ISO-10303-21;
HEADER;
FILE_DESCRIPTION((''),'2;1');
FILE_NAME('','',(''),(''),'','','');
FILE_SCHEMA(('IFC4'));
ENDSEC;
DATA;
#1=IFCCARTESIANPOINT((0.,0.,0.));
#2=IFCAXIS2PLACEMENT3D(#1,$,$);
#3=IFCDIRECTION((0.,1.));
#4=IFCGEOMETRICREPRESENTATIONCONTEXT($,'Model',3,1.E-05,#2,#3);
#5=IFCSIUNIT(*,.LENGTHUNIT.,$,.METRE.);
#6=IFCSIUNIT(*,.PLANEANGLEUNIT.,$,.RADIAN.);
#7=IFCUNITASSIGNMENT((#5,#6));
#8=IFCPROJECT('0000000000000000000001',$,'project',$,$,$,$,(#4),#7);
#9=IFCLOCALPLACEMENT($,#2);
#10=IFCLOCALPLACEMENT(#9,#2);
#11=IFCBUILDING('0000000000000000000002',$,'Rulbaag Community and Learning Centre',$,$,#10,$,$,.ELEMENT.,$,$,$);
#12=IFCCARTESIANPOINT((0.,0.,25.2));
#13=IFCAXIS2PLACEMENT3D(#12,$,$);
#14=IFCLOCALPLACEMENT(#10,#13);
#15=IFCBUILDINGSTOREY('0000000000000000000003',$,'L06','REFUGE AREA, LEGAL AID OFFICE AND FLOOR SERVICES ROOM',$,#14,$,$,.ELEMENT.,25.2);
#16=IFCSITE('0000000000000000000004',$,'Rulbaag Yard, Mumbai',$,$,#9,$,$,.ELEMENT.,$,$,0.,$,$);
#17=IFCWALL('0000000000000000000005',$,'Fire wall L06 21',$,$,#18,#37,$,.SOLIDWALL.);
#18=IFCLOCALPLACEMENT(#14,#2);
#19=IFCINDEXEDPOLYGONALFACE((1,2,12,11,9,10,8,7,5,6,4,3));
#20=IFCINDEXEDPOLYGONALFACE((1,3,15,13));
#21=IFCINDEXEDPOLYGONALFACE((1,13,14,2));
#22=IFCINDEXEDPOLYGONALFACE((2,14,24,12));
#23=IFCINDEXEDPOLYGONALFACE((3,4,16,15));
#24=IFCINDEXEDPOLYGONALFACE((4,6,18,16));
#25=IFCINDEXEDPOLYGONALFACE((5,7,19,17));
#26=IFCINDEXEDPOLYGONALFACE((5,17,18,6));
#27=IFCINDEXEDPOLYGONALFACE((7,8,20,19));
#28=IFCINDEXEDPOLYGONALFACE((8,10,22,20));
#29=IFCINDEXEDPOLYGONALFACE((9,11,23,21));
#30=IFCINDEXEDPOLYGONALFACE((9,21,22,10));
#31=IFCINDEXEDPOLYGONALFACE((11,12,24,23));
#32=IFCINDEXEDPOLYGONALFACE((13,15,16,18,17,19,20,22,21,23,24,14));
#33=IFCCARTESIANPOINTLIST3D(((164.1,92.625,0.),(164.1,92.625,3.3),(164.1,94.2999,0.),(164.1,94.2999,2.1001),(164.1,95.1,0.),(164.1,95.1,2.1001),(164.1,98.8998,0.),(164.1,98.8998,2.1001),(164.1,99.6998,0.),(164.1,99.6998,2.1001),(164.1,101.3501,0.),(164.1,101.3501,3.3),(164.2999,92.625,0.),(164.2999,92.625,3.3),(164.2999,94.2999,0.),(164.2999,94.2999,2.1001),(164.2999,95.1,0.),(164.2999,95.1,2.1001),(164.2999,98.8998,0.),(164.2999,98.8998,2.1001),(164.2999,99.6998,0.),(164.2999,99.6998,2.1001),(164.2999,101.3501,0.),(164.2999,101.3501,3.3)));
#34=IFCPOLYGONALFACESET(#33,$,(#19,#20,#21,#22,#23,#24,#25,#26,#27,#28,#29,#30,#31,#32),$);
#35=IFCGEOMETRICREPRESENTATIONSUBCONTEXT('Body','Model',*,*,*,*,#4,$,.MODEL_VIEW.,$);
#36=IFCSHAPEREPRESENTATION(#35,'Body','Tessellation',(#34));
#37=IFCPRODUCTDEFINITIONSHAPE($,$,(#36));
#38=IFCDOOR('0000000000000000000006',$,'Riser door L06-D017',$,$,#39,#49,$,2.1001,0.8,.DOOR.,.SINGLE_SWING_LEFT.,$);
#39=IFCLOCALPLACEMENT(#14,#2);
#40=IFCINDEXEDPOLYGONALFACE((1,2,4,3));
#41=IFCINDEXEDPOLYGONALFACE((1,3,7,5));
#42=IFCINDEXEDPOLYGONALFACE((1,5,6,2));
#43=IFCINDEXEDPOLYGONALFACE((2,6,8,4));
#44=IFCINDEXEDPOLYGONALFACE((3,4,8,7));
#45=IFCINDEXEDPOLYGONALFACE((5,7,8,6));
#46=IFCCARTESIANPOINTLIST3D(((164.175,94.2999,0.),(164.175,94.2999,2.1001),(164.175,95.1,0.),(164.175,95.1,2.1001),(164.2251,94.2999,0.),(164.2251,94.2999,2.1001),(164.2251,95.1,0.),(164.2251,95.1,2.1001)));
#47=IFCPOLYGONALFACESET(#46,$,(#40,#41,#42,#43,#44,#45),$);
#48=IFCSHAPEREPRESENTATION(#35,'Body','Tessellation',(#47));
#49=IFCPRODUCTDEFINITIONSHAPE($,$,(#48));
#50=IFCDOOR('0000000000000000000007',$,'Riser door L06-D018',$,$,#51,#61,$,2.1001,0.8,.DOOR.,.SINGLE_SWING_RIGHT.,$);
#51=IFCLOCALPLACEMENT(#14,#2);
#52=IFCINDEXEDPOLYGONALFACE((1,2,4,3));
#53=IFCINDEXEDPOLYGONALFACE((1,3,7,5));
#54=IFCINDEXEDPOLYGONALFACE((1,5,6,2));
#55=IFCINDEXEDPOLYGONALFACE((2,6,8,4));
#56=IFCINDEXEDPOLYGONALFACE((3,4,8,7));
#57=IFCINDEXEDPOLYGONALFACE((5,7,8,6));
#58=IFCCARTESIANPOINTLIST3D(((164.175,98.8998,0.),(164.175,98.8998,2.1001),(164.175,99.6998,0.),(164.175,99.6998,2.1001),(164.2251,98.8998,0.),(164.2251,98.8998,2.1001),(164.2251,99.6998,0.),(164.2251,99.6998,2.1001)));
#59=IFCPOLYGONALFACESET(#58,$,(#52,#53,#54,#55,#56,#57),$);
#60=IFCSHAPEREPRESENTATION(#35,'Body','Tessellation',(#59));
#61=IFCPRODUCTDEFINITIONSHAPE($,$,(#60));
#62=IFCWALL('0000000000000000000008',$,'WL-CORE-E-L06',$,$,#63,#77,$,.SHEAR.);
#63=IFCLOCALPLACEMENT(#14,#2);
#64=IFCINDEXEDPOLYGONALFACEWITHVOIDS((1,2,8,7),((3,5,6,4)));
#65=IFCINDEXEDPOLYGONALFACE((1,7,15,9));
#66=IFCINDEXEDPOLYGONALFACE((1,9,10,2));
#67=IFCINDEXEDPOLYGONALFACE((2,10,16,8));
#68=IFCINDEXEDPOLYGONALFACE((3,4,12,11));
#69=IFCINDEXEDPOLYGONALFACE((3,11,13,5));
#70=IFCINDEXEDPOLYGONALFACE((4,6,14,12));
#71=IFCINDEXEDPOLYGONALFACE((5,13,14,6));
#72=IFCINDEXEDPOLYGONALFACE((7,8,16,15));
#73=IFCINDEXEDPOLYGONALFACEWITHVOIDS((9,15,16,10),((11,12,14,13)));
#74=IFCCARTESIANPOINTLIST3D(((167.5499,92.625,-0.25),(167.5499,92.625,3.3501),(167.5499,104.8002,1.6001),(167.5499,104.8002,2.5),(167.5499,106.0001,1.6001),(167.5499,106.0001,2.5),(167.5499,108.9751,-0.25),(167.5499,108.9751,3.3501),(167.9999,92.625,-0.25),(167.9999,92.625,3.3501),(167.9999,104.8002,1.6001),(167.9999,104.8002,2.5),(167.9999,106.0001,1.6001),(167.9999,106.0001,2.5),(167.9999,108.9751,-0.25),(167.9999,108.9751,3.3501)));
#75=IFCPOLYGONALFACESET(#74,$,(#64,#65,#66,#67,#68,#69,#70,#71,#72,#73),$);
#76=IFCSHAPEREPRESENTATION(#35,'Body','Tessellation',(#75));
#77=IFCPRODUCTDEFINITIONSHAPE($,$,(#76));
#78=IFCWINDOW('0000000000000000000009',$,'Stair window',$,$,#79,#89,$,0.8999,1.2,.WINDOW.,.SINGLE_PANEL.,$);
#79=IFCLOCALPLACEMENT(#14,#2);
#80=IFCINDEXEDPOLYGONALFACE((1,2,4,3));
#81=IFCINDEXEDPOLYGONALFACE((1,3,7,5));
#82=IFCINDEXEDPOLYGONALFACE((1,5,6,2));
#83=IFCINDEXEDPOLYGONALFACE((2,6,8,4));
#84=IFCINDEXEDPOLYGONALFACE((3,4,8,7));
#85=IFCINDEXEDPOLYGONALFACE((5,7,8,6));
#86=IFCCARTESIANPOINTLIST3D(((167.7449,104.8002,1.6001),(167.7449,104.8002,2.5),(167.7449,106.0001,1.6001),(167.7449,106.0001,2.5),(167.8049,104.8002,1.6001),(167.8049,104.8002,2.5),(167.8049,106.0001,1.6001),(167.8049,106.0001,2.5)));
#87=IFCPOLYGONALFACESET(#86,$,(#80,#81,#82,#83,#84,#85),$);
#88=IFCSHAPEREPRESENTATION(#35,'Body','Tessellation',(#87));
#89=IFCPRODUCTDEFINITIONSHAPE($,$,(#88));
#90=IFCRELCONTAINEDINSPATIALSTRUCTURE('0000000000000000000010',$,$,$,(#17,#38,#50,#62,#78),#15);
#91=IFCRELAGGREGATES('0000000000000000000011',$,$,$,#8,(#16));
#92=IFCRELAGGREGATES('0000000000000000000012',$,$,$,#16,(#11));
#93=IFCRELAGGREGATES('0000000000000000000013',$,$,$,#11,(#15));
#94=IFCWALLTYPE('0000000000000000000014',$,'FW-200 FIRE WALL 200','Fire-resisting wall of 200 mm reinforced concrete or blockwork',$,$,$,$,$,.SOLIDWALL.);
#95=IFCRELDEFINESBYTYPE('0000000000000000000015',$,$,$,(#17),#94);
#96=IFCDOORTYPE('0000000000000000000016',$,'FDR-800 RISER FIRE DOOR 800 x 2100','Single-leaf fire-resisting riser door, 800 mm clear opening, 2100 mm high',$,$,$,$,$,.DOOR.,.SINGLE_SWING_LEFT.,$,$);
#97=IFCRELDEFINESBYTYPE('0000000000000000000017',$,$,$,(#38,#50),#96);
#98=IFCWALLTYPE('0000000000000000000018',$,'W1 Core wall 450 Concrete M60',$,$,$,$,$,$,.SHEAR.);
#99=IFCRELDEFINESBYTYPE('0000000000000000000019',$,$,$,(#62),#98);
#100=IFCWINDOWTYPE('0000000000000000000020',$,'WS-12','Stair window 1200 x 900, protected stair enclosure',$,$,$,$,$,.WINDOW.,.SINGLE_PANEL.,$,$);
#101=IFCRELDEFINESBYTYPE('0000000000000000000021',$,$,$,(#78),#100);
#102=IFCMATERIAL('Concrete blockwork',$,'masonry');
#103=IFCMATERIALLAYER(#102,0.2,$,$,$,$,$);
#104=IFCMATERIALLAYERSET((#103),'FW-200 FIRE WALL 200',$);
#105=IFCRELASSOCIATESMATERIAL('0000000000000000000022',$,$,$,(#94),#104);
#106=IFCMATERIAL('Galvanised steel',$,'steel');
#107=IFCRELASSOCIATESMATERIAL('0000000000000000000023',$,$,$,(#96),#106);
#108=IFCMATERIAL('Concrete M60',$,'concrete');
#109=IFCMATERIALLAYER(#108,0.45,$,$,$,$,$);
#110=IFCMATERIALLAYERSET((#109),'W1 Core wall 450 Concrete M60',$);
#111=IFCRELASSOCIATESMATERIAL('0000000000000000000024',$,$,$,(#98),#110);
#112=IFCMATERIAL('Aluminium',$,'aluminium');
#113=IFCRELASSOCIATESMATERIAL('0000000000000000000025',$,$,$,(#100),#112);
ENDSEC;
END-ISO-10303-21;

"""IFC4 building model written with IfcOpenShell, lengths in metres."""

from ifc_helpers import new_model, si_unit, direction, frame, frame_2d, origin, place, context, subcontext, project, spatial, rectangle, extrude, material, layer, layer_set, type_object, element, fill, save


model = new_model("IFC4")

# Units and contexts
model_context = context("Model", 3, precision=1e-05, world=origin(), true_north=direction((0.0, 1.0)))
body_context = subcontext(model_context, "Body", "Model", "MODEL_VIEW")
ifc_project = project(units=[si_unit("LENGTHUNIT", "METRE"), si_unit("PLANEANGLEUNIT", "RADIAN")], contexts=[model_context])

# Site, building, storey
site_placement = place(None, origin())
site = spatial("IfcSite", under=ifc_project, at=site_placement, Name="Rulbaag Yard, Mumbai", CompositionType="ELEMENT", RefElevation=0.0)
building_placement = place(site_placement, origin())
building = spatial("IfcBuilding", under=site, at=building_placement, Name="Rulbaag Community and Learning Centre", CompositionType="ELEMENT")
storey_placement = place(building_placement, frame((0.0, 0.0, 25.2)))
storey = spatial("IfcBuildingStorey", under=building, at=storey_placement, Name="L06", Description="REFUGE AREA, LEGAL AID OFFICE AND FLOOR SERVICES ROOM", CompositionType="ELEMENT", Elevation=25.2)

# Shared definitions
ifc_material_1 = material(Name="Aluminium", Category="aluminium")

# Wall, openings, doors
ifc_material_2 = material(Name="Concrete blockwork", Category="masonry")
ifc_layer_1 = layer(ifc_material_2, 0.2)
ifc_layer_set_1 = layer_set([ifc_layer_1], Name="FW-200 FIRE WALL 200")
wall_type_1 = type_object("IfcWallType", Name="FW-200 FIRE WALL 200", Description="Fire-resisting wall of 200 mm reinforced concrete or blockwork", PredefinedType="SOLIDWALL", material=ifc_layer_set_1)
ifc_material_3 = material(Name="Galvanised steel", Category="steel")
door_type_1 = type_object("IfcDoorType", Name="FDR-800 RISER FIRE DOOR 800 x 2100", Description="Single-leaf fire-resisting riser door, 800 mm clear opening, 2100 mm high", OperationType="SINGLE_SWING_LEFT", PredefinedType="DOOR", material=ifc_material_3)
wall_1_placement = place(storey_placement, frame((164.2, 92.625, 0.0), z_axis=(0.0, 0.0, 1.0), x_axis=(0.0, 1.0, 0.0)))
wall_1 = element("IfcWall", 1, at=wall_1_placement, inside=storey, type_object=wall_type_1, Name="Fire wall L06 21", PredefinedType="SOLIDWALL", context=body_context, shape_type="SweptSolid", body=[
    extrude(rectangle(XDim=8.7251, YDim=0.2, at=frame_2d((4.3625, 0.0))), origin(), (0.0, 0.0, 1.0), 3.3),
])
opening_1_placement = place(wall_1_placement, frame((1.675, 0.0, 0.0)))
opening_1 = element("IfcOpeningElement", 2, at=opening_1_placement, cuts=wall_1, PredefinedType="OPENING", context=body_context, shape_type="SweptSolid", body=[
    extrude(rectangle(XDim=0.8, YDim=2.1001, at=frame_2d((0.3999, 1.05))), frame((0.0, 0.1099, 0.0), z_axis=(0.0, -1.0, 0.0), x_axis=(1.0, 0.0, 0.0)), (0.0, 0.0, 1.0), 0.22),
])
opening_2_placement = place(wall_1_placement, frame((6.2749, 0.0, 0.0)))
opening_2 = element("IfcOpeningElement", 3, at=opening_2_placement, cuts=wall_1, PredefinedType="OPENING", context=body_context, shape_type="SweptSolid", body=[
    extrude(rectangle(XDim=0.8, YDim=2.1001, at=frame_2d((0.3999, 1.05))), frame((0.0, 0.1099, 0.0), z_axis=(0.0, -1.0, 0.0), x_axis=(1.0, 0.0, 0.0)), (0.0, 0.0, 1.0), 0.22),
])
door_1_placement = place(opening_1_placement, origin())
door_1 = element("IfcDoor", 4, at=door_1_placement, inside=storey, type_object=door_type_1, Name="Riser door L06-D017", OperationType="SINGLE_SWING_LEFT", OverallHeight=2.1001, OverallWidth=0.8, PredefinedType="DOOR", context=body_context, shape_type="SweptSolid", body=[
    extrude(rectangle(XDim=0.8, YDim=2.1001, at=frame_2d((0.3999, 1.05))), frame((0.0, 0.0249, 0.0), z_axis=(0.0, -1.0, 0.0), x_axis=(1.0, 0.0, 0.0)), (0.0, 0.0, 1.0), 0.05),
])
fill(opening_1, door_1)
door_2_placement = place(opening_2_placement, origin())
door_2 = element("IfcDoor", 5, at=door_2_placement, inside=storey, type_object=door_type_1, Name="Riser door L06-D018", OperationType="SINGLE_SWING_RIGHT", OverallHeight=2.1001, OverallWidth=0.8, PredefinedType="DOOR", context=body_context, shape_type="SweptSolid", body=[
    extrude(rectangle(XDim=0.8, YDim=2.1001, at=frame_2d((0.3999, 1.05))), frame((0.0, 0.0249, 0.0), z_axis=(0.0, -1.0, 0.0), x_axis=(1.0, 0.0, 0.0)), (0.0, 0.0, 1.0), 0.05),
])
fill(opening_2, door_2)

# Wall, opening, window
ifc_material_4 = material(Name="Concrete M60", Category="concrete")
ifc_layer_2 = layer(ifc_material_4, 0.45)
ifc_layer_set_2 = layer_set([ifc_layer_2], Name="W1 Core wall 450 Concrete M60")
wall_type_2 = type_object("IfcWallType", Name="W1 Core wall 450 Concrete M60", PredefinedType="SHEAR", material=ifc_layer_set_2)
wall_2_placement = place(storey_placement, frame((167.7749, 92.625, -0.25), z_axis=(0.0, 0.0, 1.0), x_axis=(0.0, 1.0, 0.0)))
wall_2 = element("IfcWall", 6, at=wall_2_placement, inside=storey, type_object=wall_type_2, Name="WL-CORE-E-L06", PredefinedType="SHEAR", context=body_context, shape_type="SweptSolid", body=[
    extrude(rectangle(XDim=16.3501, YDim=0.45, at=frame_2d((8.175, 0.0))), origin(), (0.0, 0.0, 1.0), 3.6001),
])
opening_3_placement = place(wall_2_placement, frame((12.175, 0.0, 1.8501)))
opening_3 = element("IfcOpeningElement", 7, at=opening_3_placement, cuts=wall_2, PredefinedType="OPENING", context=body_context, shape_type="SweptSolid", body=[
    extrude(rectangle(XDim=1.2, YDim=0.8999, at=frame_2d((0.6001, 0.45))), frame((0.0, 0.2349, 0.0), z_axis=(0.0, -1.0, 0.0), x_axis=(1.0, 0.0, 0.0)), (0.0, 0.0, 1.0), 0.47),
])
window_type = type_object("IfcWindowType", Name="WS-12", Description="Stair window 1200 x 900, protected stair enclosure", PartitioningType="SINGLE_PANEL", PredefinedType="WINDOW", material=ifc_material_1)
window_placement = place(opening_3_placement, origin())
window = element("IfcWindow", 8, at=window_placement, inside=storey, type_object=window_type, Name="Stair window", OverallHeight=0.8999, OverallWidth=1.2, PartitioningType="SINGLE_PANEL", PredefinedType="WINDOW", context=body_context, shape_type="SweptSolid", body=[
    extrude(rectangle(XDim=1.2, YDim=0.8999, at=frame_2d((0.6001, 0.45))), frame((0.0, 0.03, 0.0), z_axis=(0.0, -1.0, 0.0), x_axis=(1.0, 0.0, 0.0)), (0.0, 0.0, 1.0), 0.0601),
])
fill(opening_3, window)

save(model, "model.ifc")
